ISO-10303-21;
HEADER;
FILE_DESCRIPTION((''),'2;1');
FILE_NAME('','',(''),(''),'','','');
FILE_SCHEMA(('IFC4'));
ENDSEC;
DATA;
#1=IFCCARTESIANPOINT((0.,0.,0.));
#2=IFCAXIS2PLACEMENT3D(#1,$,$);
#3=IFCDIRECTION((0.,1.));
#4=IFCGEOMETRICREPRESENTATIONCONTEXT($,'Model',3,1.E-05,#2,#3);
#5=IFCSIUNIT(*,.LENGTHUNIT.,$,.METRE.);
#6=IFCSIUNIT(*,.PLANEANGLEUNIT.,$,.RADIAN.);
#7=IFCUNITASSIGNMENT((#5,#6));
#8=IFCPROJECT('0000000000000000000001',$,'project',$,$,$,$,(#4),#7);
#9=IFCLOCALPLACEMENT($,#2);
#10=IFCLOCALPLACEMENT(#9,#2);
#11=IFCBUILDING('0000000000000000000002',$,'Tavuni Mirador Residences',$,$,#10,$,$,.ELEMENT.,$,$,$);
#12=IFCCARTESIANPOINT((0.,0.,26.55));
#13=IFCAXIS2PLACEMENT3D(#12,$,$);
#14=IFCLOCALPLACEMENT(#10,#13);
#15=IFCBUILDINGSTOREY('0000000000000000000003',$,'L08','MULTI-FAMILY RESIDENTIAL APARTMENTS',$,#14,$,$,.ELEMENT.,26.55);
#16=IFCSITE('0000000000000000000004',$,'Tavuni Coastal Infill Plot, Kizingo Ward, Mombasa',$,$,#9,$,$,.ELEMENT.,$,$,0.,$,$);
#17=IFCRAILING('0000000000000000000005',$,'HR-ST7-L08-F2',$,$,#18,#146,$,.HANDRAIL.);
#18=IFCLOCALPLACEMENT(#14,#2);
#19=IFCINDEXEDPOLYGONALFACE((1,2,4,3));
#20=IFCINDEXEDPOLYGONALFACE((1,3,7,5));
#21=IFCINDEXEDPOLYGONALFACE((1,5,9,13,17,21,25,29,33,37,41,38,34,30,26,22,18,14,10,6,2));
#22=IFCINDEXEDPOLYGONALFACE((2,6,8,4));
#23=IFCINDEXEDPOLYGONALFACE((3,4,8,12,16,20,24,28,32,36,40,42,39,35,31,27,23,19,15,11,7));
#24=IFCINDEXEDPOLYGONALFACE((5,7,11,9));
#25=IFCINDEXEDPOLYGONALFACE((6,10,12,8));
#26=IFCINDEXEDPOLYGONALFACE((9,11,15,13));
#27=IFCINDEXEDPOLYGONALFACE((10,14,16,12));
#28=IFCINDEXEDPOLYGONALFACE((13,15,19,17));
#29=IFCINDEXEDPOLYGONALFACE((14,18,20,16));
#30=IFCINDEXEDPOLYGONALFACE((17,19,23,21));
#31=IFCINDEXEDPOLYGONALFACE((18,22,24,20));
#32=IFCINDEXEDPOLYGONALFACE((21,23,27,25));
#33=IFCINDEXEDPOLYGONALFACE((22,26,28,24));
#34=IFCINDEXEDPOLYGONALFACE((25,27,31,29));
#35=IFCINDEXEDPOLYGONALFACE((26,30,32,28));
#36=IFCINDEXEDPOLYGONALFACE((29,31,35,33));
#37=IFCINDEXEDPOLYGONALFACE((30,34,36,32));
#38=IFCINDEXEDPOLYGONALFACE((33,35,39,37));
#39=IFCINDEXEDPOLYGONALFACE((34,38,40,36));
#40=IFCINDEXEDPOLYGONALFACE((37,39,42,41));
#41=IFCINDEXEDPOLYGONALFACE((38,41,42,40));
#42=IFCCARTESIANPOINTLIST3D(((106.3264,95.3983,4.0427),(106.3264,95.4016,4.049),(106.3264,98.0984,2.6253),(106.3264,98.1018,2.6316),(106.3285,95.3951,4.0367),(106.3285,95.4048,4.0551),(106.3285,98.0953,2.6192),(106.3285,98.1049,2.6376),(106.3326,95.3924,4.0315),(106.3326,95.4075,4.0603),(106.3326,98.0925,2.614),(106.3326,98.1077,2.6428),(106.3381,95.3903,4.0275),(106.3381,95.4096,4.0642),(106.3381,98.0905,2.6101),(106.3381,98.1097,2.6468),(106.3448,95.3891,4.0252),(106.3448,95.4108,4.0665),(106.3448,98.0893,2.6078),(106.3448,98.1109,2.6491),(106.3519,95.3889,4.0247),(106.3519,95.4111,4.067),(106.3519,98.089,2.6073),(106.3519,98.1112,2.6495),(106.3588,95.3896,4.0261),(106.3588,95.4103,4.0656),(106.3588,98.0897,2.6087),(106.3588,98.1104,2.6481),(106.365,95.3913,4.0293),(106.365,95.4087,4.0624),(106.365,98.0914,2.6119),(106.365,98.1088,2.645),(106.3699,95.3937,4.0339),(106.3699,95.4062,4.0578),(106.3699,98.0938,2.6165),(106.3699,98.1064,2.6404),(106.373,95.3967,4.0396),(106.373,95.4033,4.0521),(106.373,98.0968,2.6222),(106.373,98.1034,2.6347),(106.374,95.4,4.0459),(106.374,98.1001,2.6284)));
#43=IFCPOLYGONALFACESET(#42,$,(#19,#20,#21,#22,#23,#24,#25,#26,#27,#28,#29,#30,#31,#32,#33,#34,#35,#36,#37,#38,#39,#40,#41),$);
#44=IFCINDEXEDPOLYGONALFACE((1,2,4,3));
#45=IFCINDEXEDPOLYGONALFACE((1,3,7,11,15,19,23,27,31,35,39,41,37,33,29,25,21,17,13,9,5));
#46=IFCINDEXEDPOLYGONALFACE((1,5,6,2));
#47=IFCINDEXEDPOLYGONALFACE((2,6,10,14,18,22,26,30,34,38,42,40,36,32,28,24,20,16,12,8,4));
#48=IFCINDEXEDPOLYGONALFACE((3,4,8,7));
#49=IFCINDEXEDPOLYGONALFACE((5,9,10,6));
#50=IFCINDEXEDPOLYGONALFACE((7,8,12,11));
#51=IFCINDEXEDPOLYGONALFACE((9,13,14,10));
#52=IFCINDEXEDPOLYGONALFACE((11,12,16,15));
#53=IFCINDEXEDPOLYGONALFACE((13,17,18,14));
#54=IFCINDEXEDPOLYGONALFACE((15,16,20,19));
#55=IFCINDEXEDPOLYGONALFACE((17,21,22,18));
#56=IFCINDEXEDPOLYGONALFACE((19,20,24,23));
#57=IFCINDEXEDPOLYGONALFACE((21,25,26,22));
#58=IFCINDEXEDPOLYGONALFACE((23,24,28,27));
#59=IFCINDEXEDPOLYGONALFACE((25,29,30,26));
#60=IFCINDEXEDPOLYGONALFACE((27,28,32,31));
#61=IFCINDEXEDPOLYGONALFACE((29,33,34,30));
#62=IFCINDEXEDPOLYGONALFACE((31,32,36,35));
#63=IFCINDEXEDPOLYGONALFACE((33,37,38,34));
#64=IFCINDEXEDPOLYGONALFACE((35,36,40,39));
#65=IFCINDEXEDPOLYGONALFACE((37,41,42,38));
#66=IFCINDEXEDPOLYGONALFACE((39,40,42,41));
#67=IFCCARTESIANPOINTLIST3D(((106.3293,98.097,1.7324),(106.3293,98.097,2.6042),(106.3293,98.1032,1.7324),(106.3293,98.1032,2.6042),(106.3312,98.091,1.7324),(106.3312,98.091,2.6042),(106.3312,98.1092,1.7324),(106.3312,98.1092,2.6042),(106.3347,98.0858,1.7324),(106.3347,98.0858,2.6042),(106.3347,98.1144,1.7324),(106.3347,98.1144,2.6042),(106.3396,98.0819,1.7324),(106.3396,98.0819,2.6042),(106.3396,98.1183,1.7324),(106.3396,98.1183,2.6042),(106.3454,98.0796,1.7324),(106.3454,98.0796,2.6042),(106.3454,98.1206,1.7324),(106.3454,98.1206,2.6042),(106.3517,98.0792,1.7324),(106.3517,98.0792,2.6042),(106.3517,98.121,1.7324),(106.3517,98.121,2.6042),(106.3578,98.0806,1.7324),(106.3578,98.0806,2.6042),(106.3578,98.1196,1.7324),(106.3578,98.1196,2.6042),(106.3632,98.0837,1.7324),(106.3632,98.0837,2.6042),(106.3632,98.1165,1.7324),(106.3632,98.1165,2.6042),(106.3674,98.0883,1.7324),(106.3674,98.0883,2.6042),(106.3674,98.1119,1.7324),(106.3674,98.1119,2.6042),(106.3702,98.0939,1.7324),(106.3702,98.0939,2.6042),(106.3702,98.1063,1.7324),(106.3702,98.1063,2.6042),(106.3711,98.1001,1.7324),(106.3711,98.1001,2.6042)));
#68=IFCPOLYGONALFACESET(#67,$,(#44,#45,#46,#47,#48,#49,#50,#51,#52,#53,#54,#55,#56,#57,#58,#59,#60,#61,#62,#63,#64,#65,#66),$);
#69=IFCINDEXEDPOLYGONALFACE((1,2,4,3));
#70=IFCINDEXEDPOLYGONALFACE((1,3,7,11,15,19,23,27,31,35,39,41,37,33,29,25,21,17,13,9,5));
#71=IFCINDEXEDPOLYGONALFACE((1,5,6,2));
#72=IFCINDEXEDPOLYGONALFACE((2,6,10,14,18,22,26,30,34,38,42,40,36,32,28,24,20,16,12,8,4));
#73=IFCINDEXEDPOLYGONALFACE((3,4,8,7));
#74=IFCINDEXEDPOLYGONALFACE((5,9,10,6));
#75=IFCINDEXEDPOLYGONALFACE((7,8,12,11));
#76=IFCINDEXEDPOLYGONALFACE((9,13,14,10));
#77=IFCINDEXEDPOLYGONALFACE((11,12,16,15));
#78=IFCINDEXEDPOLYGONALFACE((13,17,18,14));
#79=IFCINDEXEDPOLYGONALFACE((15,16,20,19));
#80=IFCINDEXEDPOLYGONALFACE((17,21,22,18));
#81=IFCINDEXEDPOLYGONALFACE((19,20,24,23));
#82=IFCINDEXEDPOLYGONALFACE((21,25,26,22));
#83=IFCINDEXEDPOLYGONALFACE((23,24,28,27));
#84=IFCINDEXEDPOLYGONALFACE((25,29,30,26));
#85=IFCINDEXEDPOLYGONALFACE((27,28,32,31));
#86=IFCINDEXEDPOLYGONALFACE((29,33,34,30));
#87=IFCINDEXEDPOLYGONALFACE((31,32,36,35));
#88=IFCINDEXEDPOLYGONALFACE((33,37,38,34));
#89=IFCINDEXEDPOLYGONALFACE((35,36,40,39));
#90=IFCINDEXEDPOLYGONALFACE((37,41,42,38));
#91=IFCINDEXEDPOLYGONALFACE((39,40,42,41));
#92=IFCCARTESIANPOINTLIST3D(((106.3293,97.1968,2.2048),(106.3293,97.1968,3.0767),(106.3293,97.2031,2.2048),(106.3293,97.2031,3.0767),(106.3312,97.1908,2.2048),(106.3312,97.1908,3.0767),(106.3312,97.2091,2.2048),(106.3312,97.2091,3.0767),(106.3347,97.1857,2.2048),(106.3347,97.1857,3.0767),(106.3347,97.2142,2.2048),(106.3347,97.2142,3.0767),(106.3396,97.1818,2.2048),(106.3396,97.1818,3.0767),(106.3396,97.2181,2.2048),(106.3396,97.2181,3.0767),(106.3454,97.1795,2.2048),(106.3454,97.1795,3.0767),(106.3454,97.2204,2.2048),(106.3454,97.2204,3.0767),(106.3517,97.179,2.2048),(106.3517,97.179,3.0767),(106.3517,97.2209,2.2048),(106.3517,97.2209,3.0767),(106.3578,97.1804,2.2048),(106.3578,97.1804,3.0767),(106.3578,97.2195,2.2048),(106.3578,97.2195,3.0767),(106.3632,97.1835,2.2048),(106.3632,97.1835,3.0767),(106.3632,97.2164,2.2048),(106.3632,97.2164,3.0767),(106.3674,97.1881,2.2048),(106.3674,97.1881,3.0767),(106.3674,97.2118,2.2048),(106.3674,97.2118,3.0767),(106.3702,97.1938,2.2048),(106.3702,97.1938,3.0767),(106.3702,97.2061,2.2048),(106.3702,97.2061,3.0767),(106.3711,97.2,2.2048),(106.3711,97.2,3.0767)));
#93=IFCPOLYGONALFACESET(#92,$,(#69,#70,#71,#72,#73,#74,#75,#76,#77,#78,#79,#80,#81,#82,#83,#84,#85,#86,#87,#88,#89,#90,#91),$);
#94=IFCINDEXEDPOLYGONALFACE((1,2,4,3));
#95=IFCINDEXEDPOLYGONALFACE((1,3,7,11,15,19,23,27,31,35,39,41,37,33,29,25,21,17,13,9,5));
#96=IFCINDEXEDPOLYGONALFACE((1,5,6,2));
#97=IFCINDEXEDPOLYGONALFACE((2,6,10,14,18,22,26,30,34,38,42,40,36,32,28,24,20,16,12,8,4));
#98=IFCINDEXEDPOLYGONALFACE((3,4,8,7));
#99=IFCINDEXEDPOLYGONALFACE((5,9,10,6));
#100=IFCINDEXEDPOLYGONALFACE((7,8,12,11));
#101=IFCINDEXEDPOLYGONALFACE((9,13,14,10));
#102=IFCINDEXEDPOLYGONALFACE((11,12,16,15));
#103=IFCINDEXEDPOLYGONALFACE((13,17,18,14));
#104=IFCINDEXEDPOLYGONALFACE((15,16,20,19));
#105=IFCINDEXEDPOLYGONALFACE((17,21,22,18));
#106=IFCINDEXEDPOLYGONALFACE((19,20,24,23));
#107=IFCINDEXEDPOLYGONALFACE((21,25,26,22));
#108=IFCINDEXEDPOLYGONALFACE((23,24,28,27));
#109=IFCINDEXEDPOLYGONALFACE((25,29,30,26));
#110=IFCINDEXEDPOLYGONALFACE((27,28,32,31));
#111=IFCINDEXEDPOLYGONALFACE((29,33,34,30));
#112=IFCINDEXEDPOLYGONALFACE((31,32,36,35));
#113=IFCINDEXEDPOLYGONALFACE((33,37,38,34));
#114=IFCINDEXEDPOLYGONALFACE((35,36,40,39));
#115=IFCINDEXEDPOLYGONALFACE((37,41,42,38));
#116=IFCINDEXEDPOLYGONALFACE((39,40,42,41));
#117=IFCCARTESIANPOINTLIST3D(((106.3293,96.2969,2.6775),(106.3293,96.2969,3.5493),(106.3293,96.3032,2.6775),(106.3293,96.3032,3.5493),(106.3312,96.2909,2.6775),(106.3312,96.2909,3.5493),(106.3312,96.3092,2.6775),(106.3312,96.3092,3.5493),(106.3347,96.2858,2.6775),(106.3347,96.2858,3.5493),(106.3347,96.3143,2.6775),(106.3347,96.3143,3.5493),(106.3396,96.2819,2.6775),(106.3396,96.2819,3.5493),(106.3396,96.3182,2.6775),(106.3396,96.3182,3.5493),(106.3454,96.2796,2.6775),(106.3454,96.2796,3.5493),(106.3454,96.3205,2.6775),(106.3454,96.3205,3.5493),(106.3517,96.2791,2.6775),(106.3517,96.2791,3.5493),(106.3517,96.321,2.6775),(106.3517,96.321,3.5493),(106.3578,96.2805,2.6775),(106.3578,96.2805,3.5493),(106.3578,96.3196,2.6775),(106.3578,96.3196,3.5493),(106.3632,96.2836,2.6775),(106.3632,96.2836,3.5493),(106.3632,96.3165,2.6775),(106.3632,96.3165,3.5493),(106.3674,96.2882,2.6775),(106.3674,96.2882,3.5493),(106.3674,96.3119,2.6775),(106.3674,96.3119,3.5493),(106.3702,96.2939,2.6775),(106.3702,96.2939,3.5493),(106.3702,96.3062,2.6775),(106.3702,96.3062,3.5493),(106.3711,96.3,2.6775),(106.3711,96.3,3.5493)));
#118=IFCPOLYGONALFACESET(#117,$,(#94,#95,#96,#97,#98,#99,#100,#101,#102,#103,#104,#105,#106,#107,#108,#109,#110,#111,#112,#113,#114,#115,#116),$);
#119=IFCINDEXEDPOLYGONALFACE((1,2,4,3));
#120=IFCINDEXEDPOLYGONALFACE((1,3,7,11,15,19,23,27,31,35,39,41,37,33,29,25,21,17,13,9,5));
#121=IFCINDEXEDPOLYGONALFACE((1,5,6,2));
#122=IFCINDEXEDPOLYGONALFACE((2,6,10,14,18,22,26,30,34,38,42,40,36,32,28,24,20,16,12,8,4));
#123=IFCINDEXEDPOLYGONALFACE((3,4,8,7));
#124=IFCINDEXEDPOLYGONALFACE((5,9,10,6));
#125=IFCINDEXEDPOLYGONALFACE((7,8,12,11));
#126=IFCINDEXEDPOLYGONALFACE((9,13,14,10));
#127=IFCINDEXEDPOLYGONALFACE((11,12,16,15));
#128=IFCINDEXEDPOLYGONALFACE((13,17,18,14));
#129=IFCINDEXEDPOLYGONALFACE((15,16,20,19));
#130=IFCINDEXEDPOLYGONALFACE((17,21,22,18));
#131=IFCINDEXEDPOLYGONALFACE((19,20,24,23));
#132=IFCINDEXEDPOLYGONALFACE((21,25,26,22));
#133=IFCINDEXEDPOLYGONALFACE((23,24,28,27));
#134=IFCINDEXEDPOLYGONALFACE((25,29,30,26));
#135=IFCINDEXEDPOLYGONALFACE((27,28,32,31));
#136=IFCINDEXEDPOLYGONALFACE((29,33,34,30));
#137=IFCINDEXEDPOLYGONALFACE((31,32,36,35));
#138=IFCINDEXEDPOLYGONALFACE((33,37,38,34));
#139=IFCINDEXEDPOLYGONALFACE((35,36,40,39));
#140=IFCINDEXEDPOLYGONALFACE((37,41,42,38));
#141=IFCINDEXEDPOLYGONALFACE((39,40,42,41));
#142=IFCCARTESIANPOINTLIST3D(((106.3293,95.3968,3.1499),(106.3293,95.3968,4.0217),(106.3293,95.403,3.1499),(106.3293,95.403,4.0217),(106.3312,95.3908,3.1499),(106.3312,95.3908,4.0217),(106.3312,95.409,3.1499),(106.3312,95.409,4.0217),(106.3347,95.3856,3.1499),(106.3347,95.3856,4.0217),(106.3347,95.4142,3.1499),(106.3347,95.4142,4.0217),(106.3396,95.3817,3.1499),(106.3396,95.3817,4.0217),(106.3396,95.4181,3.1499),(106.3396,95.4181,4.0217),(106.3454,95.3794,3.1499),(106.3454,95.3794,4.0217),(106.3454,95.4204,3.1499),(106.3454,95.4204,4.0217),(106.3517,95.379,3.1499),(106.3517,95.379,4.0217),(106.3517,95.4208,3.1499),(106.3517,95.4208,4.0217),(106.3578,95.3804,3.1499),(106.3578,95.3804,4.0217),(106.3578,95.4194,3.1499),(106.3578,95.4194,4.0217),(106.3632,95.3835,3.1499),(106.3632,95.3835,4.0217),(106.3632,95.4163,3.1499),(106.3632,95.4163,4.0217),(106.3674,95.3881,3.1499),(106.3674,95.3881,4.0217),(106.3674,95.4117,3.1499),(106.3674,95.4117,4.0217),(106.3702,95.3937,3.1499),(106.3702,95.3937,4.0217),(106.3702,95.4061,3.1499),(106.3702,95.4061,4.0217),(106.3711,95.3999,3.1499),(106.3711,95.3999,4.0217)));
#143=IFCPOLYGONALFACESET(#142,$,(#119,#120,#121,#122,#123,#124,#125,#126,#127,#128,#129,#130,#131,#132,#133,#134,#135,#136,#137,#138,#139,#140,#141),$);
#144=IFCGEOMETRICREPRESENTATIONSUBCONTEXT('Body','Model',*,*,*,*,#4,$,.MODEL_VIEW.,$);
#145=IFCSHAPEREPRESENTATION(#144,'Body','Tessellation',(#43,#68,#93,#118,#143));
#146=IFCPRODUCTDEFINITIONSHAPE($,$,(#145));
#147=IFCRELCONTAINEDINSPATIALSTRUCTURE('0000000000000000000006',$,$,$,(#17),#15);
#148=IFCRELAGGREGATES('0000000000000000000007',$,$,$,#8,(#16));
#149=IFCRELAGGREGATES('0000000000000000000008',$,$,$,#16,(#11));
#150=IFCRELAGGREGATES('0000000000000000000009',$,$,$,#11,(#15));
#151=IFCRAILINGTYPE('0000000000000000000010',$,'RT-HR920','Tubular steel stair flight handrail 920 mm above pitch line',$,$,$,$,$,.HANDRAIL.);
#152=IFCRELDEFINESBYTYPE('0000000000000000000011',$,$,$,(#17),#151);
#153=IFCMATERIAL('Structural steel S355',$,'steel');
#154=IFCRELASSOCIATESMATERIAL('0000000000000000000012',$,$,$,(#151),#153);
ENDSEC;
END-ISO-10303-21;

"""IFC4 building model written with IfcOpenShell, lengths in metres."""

from ifc_helpers import new_model, si_unit, direction, frame, origin, origin_2d, place, context, subcontext, project, spatial, circle, extrude, material, type_object, element, save


model = new_model("IFC4")

# Units and contexts
model_context = context("Model", 3, precision=1e-05, world=origin(), true_north=direction((0.0, 1.0)))
body_context = subcontext(model_context, "Body", "Model", "MODEL_VIEW")
ifc_project = project(units=[si_unit("LENGTHUNIT", "METRE"), si_unit("PLANEANGLEUNIT", "RADIAN")], contexts=[model_context])

# Site, building, storey
site_placement = place(None, origin())
site = spatial("IfcSite", under=ifc_project, at=site_placement, Name="Tavuni Coastal Infill Plot, Kizingo Ward, Mombasa", CompositionType="ELEMENT", RefElevation=0.0)
building_placement = place(site_placement, origin())
building = spatial("IfcBuilding", under=site, at=building_placement, Name="Tavuni Mirador Residences", CompositionType="ELEMENT")
storey_placement = place(building_placement, frame((0.0, 0.0, 26.55)))
storey = spatial("IfcBuildingStorey", under=building, at=storey_placement, Name="L08", Description="MULTI-FAMILY RESIDENTIAL APARTMENTS", CompositionType="ELEMENT", Elevation=26.55)

# Shared definitions
ifc_material_1 = material(Name="Structural steel S355", Category="steel")

# Railing
railing_type_1 = type_object("IfcRailingType", Name="RT-HR920", Description="Tubular steel stair flight handrail 920 mm above pitch line", PredefinedType="HANDRAIL", material=ifc_material_1)
railing_1_placement = place(storey_placement, frame((106.3501, 98.1001, 1.7324)))
element("IfcRailing", 1, at=railing_1_placement, inside=storey, type_object=railing_type_1, Name="HR-ST7-L08-F2", PredefinedType="HANDRAIL", context=body_context, shape_type="SweptSolid", body=[
    extrude(circle(Radius=0.0239, at=origin_2d()), frame((0.0, 0.0, 0.896), z_axis=(0.0, -0.885414, 0.464803), x_axis=(1.0, 0.0, 0.0)), (0.0, 0.0, 1.0), 3.0496),
    extrude(circle(Radius=0.021, at=origin_2d()), origin(), (0.0, 0.0, 1.0), 0.8718),
    extrude(circle(Radius=0.021, at=origin_2d()), frame((0.0, -0.9001, 0.4724)), (0.0, 0.0, 1.0), 0.8718),
    extrude(circle(Radius=0.021, at=origin_2d()), frame((0.0, -1.8, 0.9451)), (0.0, 0.0, 1.0), 0.8718),
    extrude(circle(Radius=0.021, at=origin_2d()), frame((0.0, -2.7002, 1.4175)), (0.0, 0.0, 1.0), 0.8718),
])

save(model, "model.ifc")
